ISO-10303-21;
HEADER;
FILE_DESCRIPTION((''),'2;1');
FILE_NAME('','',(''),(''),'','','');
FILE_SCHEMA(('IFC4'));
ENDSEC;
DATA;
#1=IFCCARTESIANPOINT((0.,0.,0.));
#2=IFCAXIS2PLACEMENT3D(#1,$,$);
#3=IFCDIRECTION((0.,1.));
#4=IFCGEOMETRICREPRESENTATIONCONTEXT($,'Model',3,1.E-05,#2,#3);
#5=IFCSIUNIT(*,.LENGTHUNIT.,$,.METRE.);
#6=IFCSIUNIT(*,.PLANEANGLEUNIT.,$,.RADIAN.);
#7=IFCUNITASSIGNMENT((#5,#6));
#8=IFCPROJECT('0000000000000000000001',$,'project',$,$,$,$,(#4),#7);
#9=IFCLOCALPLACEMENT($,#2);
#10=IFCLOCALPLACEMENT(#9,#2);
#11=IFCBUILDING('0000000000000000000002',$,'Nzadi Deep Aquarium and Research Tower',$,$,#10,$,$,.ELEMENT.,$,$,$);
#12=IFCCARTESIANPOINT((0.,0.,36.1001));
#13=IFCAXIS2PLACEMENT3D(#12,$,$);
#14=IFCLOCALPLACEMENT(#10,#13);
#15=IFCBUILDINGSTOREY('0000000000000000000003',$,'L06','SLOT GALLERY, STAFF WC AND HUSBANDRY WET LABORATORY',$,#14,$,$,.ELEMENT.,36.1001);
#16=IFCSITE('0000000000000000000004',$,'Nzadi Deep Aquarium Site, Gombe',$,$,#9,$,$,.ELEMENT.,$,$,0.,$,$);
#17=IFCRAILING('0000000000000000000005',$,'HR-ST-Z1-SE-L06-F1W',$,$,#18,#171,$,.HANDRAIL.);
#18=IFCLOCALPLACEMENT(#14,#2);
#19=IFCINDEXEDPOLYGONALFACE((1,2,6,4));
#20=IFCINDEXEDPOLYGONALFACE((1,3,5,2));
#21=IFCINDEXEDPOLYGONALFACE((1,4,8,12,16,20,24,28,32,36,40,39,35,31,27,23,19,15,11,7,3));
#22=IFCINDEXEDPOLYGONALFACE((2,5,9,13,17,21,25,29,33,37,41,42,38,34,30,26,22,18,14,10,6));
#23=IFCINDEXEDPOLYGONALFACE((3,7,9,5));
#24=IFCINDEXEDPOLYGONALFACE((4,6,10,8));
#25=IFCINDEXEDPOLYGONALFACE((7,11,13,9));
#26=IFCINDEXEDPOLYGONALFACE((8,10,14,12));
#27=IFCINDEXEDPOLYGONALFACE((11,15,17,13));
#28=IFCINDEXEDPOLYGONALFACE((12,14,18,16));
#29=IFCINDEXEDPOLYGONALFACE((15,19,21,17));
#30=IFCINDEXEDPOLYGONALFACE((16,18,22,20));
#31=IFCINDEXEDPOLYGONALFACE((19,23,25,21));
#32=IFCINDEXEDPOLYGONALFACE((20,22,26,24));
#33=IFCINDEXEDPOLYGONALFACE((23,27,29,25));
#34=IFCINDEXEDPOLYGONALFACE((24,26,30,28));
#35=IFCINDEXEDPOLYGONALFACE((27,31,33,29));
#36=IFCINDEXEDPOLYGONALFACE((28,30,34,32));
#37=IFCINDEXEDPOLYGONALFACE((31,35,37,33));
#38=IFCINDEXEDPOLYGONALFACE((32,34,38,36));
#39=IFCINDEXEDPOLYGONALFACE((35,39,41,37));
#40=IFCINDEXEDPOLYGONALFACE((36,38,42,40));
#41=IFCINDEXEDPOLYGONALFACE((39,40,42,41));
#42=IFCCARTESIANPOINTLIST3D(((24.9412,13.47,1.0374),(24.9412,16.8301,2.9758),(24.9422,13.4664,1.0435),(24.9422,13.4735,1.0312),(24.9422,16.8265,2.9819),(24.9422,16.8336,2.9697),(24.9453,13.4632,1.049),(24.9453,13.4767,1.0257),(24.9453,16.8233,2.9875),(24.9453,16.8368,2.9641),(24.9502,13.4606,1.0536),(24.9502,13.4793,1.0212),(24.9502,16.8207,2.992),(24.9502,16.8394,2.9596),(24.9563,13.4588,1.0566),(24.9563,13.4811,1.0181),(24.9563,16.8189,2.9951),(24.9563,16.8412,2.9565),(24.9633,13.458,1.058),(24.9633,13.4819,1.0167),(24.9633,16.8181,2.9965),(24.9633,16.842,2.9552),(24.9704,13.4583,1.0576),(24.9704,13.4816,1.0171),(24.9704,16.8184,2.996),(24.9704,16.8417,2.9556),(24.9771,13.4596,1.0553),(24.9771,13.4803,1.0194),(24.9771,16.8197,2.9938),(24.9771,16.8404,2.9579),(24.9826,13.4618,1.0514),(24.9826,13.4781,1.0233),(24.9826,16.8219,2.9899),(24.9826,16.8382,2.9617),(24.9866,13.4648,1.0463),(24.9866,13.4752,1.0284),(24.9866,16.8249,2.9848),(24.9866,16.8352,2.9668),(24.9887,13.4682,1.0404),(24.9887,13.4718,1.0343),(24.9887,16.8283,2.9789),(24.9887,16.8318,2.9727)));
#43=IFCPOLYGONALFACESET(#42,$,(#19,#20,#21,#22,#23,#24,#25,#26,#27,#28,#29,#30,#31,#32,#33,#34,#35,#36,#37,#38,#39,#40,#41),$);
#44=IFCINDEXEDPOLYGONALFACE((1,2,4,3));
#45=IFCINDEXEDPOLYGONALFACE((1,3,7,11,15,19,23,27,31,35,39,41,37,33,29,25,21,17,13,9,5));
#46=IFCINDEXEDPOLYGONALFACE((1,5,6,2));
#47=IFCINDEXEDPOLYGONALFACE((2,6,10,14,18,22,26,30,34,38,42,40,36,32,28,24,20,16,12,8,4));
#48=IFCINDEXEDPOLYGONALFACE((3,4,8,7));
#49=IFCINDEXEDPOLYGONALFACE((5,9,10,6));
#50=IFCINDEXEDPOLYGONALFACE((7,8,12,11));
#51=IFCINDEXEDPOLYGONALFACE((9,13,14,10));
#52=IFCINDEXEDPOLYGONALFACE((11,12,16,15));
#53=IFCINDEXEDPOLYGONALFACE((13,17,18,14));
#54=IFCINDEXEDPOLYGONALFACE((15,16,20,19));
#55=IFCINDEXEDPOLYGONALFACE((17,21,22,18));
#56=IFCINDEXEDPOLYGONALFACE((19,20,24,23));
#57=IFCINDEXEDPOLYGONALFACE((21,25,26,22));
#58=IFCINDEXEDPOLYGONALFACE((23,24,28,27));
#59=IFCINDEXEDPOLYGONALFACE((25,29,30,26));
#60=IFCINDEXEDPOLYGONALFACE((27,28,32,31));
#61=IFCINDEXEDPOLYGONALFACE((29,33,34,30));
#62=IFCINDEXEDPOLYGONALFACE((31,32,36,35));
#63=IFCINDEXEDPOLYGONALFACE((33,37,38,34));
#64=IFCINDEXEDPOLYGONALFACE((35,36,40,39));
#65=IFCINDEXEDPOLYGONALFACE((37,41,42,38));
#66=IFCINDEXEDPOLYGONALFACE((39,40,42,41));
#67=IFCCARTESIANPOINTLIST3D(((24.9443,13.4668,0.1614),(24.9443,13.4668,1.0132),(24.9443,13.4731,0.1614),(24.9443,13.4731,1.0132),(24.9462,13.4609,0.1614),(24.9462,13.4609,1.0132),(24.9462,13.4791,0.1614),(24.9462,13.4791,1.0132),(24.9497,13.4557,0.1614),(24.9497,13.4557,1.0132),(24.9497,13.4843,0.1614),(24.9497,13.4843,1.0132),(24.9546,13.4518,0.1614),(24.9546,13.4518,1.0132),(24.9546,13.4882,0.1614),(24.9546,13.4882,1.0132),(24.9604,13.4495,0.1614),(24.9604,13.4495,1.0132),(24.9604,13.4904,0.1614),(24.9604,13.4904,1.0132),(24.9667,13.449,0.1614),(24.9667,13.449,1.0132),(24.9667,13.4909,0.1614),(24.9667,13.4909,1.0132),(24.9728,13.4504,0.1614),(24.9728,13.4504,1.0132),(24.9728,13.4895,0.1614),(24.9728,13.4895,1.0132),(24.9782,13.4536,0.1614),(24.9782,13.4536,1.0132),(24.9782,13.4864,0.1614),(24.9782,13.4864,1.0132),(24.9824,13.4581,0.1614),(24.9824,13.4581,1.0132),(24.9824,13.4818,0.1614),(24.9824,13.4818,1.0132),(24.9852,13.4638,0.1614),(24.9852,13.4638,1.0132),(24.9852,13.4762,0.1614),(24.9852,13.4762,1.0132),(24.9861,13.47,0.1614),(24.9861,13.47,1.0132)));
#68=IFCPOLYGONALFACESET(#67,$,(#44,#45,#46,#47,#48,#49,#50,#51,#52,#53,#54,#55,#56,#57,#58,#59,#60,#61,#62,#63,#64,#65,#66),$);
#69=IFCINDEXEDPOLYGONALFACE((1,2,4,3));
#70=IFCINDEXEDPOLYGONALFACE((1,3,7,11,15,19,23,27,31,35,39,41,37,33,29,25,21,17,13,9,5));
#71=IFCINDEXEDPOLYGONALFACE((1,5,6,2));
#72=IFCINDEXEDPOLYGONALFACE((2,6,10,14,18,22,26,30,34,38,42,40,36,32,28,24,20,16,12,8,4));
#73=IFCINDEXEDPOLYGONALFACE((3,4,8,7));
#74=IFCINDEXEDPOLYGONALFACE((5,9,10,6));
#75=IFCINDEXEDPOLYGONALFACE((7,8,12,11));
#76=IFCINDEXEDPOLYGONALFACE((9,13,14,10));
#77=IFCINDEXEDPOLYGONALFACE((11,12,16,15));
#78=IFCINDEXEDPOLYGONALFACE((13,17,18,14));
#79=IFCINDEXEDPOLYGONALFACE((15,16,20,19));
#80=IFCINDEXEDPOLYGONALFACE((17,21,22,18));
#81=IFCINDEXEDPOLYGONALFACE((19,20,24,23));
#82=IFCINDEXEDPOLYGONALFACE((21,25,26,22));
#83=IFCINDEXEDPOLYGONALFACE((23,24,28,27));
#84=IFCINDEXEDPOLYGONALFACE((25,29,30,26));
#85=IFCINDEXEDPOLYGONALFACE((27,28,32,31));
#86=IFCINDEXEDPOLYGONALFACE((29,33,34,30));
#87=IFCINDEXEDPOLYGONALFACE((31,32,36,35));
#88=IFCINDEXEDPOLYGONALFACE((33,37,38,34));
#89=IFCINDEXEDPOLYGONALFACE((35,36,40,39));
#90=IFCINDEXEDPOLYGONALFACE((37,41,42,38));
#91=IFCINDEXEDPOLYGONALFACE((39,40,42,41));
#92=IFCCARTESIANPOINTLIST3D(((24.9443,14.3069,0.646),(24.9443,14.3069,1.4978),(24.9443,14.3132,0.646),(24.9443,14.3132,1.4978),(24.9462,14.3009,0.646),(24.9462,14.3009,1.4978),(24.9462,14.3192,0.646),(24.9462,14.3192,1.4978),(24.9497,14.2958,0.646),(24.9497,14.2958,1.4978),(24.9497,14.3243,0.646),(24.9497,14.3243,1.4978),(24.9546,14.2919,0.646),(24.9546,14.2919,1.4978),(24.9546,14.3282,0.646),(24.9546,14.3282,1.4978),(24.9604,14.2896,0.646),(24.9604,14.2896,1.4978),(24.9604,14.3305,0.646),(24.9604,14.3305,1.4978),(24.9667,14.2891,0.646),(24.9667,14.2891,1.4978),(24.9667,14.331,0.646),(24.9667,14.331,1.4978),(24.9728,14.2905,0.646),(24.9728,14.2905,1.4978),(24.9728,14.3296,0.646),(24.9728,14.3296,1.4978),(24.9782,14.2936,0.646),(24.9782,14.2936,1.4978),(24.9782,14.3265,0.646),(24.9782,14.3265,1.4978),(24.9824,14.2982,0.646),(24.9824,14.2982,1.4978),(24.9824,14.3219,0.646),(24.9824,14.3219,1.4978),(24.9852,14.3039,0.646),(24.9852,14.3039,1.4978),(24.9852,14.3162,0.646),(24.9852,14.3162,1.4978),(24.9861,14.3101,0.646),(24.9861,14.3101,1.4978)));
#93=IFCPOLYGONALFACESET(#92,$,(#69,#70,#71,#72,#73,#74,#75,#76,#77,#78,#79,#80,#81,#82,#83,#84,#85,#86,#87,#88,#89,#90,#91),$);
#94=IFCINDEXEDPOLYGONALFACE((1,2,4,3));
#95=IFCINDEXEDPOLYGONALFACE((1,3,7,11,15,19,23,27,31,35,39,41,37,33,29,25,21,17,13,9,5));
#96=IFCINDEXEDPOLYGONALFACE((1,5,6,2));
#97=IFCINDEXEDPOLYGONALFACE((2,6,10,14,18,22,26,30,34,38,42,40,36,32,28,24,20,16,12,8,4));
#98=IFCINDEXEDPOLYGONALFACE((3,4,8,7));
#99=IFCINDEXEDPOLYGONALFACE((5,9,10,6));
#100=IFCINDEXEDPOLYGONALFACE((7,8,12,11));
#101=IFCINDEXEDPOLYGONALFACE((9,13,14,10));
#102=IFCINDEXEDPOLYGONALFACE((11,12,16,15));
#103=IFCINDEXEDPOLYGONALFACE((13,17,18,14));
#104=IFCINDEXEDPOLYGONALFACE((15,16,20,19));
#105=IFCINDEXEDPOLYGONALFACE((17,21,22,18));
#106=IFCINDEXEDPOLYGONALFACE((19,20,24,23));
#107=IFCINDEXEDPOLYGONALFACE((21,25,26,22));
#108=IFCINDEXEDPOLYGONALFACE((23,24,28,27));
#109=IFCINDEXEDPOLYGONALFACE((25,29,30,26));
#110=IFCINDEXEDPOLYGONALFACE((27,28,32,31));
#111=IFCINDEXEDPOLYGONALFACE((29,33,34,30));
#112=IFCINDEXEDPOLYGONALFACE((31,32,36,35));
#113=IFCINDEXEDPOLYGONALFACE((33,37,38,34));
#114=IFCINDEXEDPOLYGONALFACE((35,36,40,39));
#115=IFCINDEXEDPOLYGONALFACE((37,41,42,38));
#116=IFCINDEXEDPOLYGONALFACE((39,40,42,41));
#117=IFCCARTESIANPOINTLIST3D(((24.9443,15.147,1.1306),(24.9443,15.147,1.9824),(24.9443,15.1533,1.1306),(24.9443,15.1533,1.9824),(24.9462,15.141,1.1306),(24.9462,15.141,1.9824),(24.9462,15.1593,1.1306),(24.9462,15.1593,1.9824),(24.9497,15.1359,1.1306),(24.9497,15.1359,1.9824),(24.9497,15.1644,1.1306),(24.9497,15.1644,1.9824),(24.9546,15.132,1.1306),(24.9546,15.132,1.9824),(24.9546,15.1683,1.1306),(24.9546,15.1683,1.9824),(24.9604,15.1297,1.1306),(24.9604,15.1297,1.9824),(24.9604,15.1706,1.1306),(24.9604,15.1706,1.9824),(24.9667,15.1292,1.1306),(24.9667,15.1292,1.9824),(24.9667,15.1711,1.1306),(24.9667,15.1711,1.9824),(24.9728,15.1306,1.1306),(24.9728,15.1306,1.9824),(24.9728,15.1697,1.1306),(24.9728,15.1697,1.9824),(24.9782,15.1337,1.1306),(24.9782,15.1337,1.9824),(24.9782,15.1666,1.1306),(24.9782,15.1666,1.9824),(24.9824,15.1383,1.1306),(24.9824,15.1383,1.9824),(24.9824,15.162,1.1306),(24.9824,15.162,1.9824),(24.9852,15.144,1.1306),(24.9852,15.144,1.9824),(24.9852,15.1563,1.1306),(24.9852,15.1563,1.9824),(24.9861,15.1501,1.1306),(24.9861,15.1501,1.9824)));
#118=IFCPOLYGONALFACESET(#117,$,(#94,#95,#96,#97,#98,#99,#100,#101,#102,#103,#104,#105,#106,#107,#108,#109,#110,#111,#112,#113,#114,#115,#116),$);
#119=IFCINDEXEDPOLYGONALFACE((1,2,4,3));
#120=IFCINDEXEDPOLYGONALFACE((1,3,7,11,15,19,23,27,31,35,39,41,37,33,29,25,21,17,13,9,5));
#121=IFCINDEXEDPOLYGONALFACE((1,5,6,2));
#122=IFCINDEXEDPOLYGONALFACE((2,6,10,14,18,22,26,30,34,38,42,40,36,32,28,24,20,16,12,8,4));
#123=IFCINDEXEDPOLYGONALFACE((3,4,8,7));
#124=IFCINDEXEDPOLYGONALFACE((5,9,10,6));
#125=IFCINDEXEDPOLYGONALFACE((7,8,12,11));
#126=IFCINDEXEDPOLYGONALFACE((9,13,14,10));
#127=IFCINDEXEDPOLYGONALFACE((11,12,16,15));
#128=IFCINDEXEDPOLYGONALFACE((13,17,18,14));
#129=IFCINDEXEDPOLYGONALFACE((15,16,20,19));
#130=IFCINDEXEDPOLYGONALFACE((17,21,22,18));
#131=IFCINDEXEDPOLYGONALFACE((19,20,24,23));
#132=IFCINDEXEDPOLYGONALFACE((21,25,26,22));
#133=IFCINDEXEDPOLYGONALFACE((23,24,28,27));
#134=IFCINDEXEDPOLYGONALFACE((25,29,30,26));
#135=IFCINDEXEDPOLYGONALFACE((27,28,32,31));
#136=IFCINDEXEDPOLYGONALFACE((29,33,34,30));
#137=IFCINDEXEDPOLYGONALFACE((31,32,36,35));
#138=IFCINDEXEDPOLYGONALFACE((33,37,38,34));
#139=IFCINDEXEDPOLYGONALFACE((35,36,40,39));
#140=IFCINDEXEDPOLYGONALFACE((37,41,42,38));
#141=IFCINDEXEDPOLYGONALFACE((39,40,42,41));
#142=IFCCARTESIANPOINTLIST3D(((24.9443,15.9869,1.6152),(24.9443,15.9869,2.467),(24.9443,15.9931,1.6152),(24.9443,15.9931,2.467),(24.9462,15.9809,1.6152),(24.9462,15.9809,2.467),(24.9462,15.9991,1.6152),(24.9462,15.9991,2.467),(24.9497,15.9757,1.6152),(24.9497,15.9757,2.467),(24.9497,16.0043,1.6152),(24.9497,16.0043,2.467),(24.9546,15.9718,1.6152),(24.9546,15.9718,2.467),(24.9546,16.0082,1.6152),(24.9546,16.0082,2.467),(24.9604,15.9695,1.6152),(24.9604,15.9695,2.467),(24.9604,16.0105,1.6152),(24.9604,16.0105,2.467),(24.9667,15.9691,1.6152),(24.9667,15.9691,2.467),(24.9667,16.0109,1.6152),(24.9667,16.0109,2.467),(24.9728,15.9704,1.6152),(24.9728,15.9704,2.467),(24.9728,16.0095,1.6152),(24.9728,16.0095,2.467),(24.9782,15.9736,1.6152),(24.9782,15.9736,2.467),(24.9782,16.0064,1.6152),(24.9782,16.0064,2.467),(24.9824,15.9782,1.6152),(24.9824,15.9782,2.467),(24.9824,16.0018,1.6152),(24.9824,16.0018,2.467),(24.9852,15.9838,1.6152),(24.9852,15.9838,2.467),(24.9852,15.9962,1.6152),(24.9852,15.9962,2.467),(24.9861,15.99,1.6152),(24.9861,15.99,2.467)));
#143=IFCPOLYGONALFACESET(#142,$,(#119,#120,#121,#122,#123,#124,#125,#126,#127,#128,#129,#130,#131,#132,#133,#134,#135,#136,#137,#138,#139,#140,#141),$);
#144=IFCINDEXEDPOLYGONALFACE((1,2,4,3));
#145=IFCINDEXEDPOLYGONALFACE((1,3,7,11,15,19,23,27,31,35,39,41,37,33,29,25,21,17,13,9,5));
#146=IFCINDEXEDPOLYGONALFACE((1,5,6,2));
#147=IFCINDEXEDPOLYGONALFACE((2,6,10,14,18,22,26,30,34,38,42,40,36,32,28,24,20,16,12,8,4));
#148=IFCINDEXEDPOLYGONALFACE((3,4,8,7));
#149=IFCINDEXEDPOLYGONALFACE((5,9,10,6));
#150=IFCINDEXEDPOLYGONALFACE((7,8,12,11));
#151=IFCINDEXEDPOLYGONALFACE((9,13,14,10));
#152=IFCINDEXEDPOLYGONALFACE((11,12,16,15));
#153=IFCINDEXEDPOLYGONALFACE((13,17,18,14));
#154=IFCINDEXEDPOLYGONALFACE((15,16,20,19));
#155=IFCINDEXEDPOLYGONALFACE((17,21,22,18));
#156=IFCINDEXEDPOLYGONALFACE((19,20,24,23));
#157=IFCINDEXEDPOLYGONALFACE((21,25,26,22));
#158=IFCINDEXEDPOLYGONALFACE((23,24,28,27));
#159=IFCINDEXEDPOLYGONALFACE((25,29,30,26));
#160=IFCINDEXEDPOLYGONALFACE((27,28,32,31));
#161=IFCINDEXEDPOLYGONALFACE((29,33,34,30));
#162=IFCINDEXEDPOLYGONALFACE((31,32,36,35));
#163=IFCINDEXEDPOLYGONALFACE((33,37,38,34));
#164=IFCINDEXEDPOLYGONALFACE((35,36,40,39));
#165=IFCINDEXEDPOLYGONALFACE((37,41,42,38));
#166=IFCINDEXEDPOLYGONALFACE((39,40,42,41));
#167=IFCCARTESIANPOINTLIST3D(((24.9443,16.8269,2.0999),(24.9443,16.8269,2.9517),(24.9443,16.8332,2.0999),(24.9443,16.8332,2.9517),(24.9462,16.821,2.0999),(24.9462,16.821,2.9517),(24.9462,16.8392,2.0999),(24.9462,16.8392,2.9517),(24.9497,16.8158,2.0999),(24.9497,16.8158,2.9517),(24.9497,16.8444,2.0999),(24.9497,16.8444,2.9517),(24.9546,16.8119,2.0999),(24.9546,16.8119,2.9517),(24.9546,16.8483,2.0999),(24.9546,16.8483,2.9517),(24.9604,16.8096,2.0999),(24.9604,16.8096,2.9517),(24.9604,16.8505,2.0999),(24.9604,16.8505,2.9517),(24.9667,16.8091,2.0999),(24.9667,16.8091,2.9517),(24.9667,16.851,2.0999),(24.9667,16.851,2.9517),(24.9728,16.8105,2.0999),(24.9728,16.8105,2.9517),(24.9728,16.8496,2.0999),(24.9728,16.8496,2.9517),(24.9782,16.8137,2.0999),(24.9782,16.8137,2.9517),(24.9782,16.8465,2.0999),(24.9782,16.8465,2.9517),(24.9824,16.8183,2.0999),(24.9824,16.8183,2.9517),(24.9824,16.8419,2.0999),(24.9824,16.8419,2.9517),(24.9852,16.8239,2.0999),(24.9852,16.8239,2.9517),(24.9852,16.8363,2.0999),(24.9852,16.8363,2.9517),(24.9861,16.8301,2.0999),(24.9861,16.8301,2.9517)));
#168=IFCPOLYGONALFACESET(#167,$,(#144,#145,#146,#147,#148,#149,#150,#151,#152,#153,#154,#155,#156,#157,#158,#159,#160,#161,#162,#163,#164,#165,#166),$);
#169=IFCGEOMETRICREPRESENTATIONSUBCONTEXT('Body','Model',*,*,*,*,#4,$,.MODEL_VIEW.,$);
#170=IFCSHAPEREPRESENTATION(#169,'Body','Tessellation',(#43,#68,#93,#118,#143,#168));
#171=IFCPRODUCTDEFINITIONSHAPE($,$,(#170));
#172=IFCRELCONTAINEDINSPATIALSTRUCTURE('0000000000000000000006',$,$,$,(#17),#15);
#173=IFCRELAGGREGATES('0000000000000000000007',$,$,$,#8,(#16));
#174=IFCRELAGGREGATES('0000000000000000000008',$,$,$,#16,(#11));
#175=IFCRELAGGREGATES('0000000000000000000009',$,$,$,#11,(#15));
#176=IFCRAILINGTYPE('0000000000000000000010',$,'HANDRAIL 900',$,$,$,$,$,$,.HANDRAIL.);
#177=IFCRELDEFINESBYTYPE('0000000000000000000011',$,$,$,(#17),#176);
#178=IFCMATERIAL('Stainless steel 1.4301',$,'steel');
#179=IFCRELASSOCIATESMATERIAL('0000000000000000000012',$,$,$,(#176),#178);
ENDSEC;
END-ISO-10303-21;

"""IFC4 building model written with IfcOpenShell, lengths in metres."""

from ifc_helpers import new_model, si_unit, direction, frame, origin, origin_2d, place, context, subcontext, project, spatial, circle, extrude, material, type_object, element, save


model = new_model("IFC4")

# Units and contexts
model_context = context("Model", 3, precision=1e-05, world=origin(), true_north=direction((0.0, 1.0)))
body_context = subcontext(model_context, "Body", "Model", "MODEL_VIEW")
ifc_project = project(units=[si_unit("LENGTHUNIT", "METRE"), si_unit("PLANEANGLEUNIT", "RADIAN")], contexts=[model_context])

# Site, building, storey
site_placement = place(None, origin())
site = spatial("IfcSite", under=ifc_project, at=site_placement, Name="Nzadi Deep Aquarium Site, Gombe", CompositionType="ELEMENT", RefElevation=0.0)
building_placement = place(site_placement, origin())
building = spatial("IfcBuilding", under=site, at=building_placement, Name="Nzadi Deep Aquarium and Research Tower", CompositionType="ELEMENT")
storey_placement = place(building_placement, frame((0.0, 0.0, 36.1001)))
storey = spatial("IfcBuildingStorey", under=building, at=storey_placement, Name="L06", Description="SLOT GALLERY, STAFF WC AND HUSBANDRY WET LABORATORY", CompositionType="ELEMENT", Elevation=36.1001)

# Railing
ifc_material_1 = material(Name="Stainless steel 1.4301", Category="steel")
railing_type = type_object("IfcRailingType", Name="HANDRAIL 900", PredefinedType="HANDRAIL", material=ifc_material_1)
for number, where, name in (
    (1, (24.9651, 13.47, 0.1614), "HR-ST-Z1-SE-L06-F1W"),
):
    element("IfcRailing", number, at=place(storey_placement, frame(where)), inside=storey, type_object=railing_type, Name=name, PredefinedType="HANDRAIL", context=body_context, shape_type="SweptSolid", body=[
        extrude(circle(Radius=0.0239, at=origin_2d()), frame((0.0, 0.0, 0.876), z_axis=(0.0, 0.866191, 0.499713), x_axis=(-1.0, 0.0, 0.0)), (0.0, 0.0, 1.0), 3.8792),
        extrude(circle(Radius=0.021, at=origin_2d()), origin(), (0.0, 0.0, 1.0), 0.8518),
        extrude(circle(Radius=0.021, at=origin_2d()), frame((0.0, 0.8401, 0.4846)), (0.0, 0.0, 1.0), 0.8518),
        extrude(circle(Radius=0.021, at=origin_2d()), frame((0.0, 1.6802, 0.9692)), (0.0, 0.0, 1.0), 0.8518),
        extrude(circle(Radius=0.021, at=origin_2d()), frame((0.0, 2.52, 1.4539)), (0.0, 0.0, 1.0), 0.8518),
        extrude(circle(Radius=0.021, at=origin_2d()), frame((0.0, 3.3601, 1.9385)), (0.0, 0.0, 1.0), 0.8518),
    ])

save(model, "model.ifc")
